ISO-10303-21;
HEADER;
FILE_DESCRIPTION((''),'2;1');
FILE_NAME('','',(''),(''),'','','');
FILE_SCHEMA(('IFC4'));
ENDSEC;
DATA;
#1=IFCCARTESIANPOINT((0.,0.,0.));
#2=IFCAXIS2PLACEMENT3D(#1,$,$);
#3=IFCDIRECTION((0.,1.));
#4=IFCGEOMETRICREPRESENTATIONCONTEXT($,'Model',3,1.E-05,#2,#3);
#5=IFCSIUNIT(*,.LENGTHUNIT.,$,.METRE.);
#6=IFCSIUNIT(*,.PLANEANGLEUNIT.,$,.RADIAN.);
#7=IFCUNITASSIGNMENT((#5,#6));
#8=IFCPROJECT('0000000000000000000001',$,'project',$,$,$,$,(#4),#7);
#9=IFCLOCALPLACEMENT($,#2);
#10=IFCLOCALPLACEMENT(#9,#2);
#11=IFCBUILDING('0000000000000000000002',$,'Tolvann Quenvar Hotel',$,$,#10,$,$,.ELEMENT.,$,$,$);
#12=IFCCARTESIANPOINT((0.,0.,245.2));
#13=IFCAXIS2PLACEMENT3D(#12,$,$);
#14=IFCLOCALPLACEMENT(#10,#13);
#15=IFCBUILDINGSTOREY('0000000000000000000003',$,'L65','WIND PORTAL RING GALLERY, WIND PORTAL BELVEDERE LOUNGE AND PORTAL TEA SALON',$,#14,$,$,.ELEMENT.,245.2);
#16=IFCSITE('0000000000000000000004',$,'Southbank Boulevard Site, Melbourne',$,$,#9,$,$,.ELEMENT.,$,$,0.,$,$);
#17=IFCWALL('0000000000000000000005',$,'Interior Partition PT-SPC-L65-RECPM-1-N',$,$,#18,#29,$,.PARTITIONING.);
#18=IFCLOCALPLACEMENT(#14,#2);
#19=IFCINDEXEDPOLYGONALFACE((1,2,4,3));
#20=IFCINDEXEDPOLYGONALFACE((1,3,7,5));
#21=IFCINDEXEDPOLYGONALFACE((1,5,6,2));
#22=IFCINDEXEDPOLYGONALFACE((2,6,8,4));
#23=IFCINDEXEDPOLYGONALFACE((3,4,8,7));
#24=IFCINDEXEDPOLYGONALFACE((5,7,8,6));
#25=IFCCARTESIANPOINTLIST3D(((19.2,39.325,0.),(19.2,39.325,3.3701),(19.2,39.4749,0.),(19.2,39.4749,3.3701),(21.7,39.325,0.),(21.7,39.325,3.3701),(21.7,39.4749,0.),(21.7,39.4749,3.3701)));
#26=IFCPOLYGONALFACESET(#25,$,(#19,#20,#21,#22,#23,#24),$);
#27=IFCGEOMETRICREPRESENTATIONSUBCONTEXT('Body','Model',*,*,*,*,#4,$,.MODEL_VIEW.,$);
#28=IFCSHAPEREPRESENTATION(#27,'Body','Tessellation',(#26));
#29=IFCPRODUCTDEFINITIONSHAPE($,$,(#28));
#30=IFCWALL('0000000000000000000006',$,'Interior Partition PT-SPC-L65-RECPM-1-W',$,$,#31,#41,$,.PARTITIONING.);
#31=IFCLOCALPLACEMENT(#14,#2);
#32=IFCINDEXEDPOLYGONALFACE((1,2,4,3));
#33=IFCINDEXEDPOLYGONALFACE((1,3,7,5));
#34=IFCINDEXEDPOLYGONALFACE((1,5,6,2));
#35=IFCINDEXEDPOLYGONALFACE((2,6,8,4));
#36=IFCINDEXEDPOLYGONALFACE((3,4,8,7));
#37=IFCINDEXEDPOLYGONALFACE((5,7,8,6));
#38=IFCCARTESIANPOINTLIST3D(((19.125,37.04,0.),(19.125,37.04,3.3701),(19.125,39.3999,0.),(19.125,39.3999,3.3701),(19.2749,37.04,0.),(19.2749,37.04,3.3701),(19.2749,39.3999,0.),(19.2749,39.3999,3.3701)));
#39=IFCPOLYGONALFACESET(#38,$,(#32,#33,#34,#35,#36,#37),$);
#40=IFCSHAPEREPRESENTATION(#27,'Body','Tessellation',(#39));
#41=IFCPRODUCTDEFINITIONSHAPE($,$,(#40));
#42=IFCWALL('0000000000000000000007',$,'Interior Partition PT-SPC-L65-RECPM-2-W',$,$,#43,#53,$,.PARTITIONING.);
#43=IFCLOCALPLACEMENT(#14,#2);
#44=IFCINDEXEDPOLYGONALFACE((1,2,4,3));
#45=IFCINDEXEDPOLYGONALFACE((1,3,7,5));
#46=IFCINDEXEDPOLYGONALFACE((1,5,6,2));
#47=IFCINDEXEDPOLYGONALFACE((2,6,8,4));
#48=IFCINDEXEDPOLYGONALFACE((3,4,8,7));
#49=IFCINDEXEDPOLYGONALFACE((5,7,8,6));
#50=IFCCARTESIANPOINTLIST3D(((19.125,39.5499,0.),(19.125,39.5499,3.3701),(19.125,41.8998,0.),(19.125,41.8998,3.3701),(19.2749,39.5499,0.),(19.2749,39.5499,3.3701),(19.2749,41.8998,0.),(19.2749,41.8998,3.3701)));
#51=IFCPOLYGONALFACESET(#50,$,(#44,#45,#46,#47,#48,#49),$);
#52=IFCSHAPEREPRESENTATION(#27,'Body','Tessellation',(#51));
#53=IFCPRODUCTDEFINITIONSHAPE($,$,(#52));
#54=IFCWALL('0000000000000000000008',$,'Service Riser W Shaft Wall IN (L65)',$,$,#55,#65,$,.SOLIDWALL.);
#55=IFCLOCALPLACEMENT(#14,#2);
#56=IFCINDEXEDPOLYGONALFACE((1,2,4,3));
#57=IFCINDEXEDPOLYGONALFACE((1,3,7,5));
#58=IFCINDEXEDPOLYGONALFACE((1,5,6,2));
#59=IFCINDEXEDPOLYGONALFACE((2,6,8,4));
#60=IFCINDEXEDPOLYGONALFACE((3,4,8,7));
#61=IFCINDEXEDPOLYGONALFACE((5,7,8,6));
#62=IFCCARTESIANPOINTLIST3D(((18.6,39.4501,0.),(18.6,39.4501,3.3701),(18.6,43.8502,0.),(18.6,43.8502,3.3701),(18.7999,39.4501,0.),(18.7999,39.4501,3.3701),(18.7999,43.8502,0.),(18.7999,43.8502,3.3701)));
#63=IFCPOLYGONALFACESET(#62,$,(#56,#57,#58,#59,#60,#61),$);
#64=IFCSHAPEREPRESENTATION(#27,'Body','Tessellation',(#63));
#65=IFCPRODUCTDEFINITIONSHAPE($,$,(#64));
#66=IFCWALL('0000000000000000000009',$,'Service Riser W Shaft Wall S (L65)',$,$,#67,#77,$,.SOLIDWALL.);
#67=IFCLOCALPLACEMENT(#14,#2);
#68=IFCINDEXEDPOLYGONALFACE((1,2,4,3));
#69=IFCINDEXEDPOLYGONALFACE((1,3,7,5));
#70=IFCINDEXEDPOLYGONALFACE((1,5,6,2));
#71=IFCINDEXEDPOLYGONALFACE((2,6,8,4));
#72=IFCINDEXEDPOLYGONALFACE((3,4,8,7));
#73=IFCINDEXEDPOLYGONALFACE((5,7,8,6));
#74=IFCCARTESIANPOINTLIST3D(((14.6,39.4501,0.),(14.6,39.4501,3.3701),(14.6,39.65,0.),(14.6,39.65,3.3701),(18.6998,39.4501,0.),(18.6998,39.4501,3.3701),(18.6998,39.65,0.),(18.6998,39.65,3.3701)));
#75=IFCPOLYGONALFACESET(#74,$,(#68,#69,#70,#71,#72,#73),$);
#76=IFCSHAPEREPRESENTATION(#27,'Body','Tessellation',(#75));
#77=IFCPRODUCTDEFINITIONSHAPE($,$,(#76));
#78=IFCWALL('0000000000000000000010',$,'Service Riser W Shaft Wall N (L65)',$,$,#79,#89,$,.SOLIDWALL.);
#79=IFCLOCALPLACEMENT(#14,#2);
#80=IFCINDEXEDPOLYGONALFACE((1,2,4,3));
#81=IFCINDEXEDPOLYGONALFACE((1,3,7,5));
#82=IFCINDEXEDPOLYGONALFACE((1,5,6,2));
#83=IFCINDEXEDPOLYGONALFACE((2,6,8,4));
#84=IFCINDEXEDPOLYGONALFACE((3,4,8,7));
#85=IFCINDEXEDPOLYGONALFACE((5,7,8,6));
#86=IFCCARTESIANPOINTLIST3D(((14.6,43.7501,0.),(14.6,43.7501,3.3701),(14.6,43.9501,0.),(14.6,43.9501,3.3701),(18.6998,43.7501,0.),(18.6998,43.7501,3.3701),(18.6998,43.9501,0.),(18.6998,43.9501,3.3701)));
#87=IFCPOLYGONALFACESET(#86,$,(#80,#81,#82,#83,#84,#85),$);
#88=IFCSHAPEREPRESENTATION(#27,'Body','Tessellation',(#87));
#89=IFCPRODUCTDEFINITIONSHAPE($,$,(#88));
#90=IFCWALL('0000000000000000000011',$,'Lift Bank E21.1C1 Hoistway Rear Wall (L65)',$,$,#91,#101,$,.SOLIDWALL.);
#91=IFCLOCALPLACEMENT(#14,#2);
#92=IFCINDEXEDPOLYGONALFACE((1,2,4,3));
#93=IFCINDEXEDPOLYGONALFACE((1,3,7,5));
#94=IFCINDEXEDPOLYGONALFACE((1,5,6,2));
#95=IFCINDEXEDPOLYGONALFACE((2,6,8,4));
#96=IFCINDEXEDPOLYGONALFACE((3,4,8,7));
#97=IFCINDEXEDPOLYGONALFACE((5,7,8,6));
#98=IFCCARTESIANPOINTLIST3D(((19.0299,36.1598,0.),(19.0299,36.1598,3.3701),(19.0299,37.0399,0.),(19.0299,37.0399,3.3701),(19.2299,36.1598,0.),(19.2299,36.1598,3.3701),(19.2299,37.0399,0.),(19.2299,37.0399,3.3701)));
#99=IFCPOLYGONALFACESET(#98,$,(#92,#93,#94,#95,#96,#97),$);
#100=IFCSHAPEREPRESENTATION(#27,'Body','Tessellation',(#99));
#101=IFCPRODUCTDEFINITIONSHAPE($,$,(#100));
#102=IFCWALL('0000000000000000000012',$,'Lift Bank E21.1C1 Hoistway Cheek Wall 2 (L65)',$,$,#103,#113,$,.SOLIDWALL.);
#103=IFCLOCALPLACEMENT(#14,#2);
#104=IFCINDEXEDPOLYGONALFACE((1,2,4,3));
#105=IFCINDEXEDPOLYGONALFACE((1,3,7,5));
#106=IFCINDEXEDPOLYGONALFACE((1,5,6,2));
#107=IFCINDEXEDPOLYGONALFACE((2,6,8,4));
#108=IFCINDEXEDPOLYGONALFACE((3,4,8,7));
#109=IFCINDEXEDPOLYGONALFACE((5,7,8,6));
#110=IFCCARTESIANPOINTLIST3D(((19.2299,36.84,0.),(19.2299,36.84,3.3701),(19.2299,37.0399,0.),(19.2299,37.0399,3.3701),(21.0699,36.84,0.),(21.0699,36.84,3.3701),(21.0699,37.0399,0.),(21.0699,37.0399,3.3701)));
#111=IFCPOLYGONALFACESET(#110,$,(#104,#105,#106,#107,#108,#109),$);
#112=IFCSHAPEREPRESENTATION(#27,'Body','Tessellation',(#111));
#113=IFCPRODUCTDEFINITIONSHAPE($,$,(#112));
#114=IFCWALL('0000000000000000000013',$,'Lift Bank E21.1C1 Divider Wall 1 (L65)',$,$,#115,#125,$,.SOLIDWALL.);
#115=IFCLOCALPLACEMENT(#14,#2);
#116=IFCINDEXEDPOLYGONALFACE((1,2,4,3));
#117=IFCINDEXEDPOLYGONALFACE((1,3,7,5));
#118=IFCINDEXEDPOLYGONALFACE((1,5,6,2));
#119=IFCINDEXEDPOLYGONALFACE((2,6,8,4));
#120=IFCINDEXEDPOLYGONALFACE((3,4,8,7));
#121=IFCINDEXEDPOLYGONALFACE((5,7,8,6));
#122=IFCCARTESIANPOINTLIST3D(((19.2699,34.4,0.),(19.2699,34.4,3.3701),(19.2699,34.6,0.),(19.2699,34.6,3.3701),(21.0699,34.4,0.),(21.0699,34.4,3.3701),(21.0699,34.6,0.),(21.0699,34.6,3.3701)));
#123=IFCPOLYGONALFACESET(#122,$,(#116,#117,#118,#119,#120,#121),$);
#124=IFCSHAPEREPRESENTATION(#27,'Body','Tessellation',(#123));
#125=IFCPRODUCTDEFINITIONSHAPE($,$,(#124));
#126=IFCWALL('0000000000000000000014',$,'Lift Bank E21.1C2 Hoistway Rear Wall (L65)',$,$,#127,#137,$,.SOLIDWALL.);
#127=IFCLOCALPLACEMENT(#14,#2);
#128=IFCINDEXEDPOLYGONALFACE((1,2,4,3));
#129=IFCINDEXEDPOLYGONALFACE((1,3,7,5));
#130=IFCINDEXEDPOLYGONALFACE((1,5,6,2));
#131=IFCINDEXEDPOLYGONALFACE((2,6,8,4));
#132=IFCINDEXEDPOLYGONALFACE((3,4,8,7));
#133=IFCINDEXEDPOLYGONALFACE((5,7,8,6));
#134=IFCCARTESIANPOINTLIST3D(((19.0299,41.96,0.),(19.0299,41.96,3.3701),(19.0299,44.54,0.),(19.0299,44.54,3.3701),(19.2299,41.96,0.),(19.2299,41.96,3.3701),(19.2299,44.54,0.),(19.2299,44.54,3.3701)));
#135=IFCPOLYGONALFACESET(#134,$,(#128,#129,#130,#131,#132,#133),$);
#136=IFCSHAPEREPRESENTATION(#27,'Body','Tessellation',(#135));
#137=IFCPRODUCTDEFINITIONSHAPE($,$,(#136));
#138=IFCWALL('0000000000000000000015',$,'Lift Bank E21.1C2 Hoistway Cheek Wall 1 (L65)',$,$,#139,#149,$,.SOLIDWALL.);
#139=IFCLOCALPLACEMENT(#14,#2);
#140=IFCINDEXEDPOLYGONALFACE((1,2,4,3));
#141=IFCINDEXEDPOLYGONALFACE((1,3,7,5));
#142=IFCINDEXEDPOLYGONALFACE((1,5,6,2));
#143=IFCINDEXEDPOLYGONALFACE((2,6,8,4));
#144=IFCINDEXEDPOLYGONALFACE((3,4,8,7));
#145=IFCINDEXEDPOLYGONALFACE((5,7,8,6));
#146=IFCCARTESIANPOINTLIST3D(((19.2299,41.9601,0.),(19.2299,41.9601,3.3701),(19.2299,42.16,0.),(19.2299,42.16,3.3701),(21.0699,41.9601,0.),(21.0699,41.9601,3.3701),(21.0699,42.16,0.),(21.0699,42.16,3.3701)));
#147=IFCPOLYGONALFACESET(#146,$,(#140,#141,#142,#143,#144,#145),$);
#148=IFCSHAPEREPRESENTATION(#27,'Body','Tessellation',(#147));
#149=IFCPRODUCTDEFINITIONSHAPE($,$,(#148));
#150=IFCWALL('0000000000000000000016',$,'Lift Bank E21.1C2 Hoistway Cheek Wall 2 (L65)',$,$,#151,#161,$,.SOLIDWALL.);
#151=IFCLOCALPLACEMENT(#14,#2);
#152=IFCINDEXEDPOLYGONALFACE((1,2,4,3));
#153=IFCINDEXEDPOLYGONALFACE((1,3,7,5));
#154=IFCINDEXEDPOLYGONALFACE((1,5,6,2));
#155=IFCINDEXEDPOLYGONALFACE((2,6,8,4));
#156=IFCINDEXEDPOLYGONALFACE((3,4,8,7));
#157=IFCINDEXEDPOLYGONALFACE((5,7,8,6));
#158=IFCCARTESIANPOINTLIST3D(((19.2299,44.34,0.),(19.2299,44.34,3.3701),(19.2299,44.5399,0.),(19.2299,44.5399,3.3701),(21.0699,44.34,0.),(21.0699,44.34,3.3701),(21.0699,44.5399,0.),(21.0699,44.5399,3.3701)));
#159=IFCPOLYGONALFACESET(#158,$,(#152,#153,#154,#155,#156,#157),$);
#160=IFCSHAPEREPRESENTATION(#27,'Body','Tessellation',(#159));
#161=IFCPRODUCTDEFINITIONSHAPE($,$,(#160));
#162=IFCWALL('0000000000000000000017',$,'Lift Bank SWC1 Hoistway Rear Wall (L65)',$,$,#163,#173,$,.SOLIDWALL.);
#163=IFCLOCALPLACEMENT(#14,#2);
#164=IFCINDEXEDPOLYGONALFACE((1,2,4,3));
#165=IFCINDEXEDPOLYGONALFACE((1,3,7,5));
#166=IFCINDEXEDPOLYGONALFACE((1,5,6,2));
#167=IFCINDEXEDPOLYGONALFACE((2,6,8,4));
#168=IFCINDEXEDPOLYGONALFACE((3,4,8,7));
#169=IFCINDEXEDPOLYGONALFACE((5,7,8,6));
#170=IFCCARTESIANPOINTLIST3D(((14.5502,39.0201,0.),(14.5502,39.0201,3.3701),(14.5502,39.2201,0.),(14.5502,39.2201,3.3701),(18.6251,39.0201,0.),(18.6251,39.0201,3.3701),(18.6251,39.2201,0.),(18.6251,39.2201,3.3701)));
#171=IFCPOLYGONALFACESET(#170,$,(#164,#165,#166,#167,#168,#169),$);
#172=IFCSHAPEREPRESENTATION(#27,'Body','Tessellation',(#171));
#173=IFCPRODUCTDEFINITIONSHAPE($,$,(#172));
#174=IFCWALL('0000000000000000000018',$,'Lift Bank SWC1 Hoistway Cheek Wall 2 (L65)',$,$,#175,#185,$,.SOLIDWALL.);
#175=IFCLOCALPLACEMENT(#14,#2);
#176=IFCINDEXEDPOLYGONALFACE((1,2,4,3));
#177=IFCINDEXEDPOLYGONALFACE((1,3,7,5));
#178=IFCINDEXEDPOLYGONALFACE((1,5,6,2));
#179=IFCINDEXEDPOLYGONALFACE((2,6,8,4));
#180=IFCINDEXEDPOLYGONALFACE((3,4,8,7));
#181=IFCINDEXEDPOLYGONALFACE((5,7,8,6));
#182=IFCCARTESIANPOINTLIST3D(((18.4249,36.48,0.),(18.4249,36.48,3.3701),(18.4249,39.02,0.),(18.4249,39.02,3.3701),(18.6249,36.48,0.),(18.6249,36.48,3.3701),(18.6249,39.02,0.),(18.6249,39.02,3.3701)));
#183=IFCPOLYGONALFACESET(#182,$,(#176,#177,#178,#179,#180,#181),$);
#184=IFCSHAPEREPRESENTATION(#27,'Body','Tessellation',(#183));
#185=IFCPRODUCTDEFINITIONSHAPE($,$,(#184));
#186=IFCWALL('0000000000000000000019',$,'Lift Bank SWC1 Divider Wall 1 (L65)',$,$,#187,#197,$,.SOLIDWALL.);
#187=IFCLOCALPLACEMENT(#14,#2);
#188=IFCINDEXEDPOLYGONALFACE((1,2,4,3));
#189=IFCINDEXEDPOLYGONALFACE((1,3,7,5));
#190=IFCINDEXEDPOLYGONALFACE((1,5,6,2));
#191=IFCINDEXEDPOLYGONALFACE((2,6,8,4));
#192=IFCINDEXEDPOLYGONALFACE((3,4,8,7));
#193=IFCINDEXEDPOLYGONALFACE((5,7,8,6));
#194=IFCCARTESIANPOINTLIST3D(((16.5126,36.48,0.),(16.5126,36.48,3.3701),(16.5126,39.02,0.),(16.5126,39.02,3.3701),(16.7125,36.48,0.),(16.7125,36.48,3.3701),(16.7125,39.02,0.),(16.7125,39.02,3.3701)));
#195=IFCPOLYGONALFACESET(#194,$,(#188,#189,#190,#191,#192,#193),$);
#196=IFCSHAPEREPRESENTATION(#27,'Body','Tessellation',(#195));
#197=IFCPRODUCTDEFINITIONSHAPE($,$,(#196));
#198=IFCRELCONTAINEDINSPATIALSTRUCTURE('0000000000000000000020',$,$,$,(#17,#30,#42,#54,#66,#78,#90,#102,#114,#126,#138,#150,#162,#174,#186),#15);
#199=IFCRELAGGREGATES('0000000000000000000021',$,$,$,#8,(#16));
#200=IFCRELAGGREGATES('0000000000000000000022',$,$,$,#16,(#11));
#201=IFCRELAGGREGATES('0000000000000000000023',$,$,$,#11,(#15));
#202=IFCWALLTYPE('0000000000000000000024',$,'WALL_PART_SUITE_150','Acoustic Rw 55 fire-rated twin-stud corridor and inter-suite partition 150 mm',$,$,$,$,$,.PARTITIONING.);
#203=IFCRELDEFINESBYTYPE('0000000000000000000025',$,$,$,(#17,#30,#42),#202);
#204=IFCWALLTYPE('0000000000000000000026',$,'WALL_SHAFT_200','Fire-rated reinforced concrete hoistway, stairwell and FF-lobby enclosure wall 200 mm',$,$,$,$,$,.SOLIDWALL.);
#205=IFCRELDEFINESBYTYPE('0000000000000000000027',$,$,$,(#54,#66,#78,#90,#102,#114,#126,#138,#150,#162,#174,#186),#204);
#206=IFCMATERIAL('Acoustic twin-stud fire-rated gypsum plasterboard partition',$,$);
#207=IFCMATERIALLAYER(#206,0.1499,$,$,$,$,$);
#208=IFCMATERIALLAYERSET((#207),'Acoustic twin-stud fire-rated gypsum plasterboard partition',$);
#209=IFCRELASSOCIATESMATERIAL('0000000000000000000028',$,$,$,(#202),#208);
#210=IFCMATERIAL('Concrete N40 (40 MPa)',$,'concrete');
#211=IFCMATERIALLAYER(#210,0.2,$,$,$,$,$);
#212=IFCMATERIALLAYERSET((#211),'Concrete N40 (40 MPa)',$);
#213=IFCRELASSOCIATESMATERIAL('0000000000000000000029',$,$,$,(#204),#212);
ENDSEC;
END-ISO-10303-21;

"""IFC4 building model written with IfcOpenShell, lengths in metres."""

from ifc_helpers import new_model, si_unit, direction, frame, frame_2d, origin, place, context, subcontext, project, spatial, rectangle, extrude, material, layer, layer_set, type_object, element, save


model = new_model("IFC4")

# Units and contexts
model_context = context("Model", 3, precision=1e-05, world=origin(), true_north=direction((0.0, 1.0)))
body_context = subcontext(model_context, "Body", "Model", "MODEL_VIEW")
ifc_project = project(units=[si_unit("LENGTHUNIT", "METRE"), si_unit("PLANEANGLEUNIT", "RADIAN")], contexts=[model_context])

# Site, building, storey
site_placement = place(None, origin())
site = spatial("IfcSite", under=ifc_project, at=site_placement, Name="Southbank Boulevard Site, Melbourne", CompositionType="ELEMENT", RefElevation=0.0)
building_placement = place(site_placement, origin())
building = spatial("IfcBuilding", under=site, at=building_placement, Name="Tolvann Quenvar Hotel", CompositionType="ELEMENT")
storey_placement = place(building_placement, frame((0.0, 0.0, 245.2)))
storey = spatial("IfcBuildingStorey", under=building, at=storey_placement, Name="L65", Description="WIND PORTAL RING GALLERY, WIND PORTAL BELVEDERE LOUNGE AND PORTAL TEA SALON", CompositionType="ELEMENT", Elevation=245.2)

# Walls
ifc_material_1 = material(Name="Acoustic twin-stud fire-rated gypsum plasterboard partition")
ifc_layer_1 = layer(ifc_material_1, 0.1499)
ifc_layer_set_1 = layer_set([ifc_layer_1], Name="Acoustic twin-stud fire-rated gypsum plasterboard partition")
wall_type_1 = type_object("IfcWallType", Name="WALL_PART_SUITE_150", Description="Acoustic Rw 55 fire-rated twin-stud corridor and inter-suite partition 150 mm", PredefinedType="PARTITIONING", material=ifc_layer_set_1)
wall_1_placement = place(storey_placement, frame((19.2, 39.3999, 0.0), z_axis=(0.0, 0.0, 1.0), x_axis=(1.0, 0.0, 0.0)))
element("IfcWall", 1, at=wall_1_placement, inside=storey, type_object=wall_type_1, Name="Interior Partition PT-SPC-L65-RECPM-1-N", PredefinedType="PARTITIONING", context=body_context, shape_type="SweptSolid", body=[
    extrude(rectangle(XDim=2.5, YDim=0.1499, at=frame_2d((1.25, 0.0))), origin(), (0.0, 0.0, 1.0), 3.3701),
])
wall_2_placement = place(storey_placement, frame((19.2, 37.04, 0.0), z_axis=(0.0, 0.0, 1.0), x_axis=(0.0, 1.0, 0.0)))
element("IfcWall", 2, at=wall_2_placement, inside=storey, type_object=wall_type_1, Name="Interior Partition PT-SPC-L65-RECPM-1-W", PredefinedType="PARTITIONING", context=body_context, shape_type="SweptSolid", body=[
    extrude(rectangle(XDim=2.3599, YDim=0.1499, at=frame_2d((1.1799, 0.0))), origin(), (0.0, 0.0, 1.0), 3.3701),
])
wall_3_placement = place(storey_placement, frame((19.2, 39.55, 0.0), z_axis=(0.0, 0.0, 1.0), x_axis=(0.0, 1.0, 0.0)))
element("IfcWall", 3, at=wall_3_placement, inside=storey, type_object=wall_type_1, Name="Interior Partition PT-SPC-L65-RECPM-2-W", PredefinedType="PARTITIONING", context=body_context, shape_type="SweptSolid", body=[
    extrude(rectangle(XDim=2.3499, YDim=0.1499, at=frame_2d((1.1748, 0.0))), origin(), (0.0, 0.0, 1.0), 3.3701),
])
ifc_material_2 = material(Name="Concrete N40 (40 MPa)", Category="concrete")
ifc_layer_2 = layer(ifc_material_2, 0.2)
ifc_layer_set_2 = layer_set([ifc_layer_2], Name="Concrete N40 (40 MPa)")
wall_type_2 = type_object("IfcWallType", Name="WALL_SHAFT_200", Description="Fire-rated reinforced concrete hoistway, stairwell and FF-lobby enclosure wall 200 mm", PredefinedType="SOLIDWALL", material=ifc_layer_set_2)
wall_4_placement = place(storey_placement, frame((18.7, 39.45, 0.0), z_axis=(0.0, 0.0, 1.0), x_axis=(0.0, 1.0, 0.0)))
element("IfcWall", 4, at=wall_4_placement, inside=storey, type_object=wall_type_2, Name="Service Riser W Shaft Wall IN (L65)", PredefinedType="SOLIDWALL", context=body_context, shape_type="SweptSolid", body=[
    extrude(rectangle(XDim=4.4001, YDim=0.2, at=frame_2d((2.2002, 0.0))), origin(), (0.0, 0.0, 1.0), 3.3701),
])
for number, where, z_axis, x_axis, name in (
    (5, (14.6001, 39.55, 0.0), (0.0, 0.0, 1.0), (1.0, 0.0, 0.0), "Service Riser W Shaft Wall S (L65)"),
    (6, (14.6001, 43.8501, 0.0), (0.0, 0.0, 1.0), (1.0, 0.0, 0.0), "Service Riser W Shaft Wall N (L65)"),
):
    element("IfcWall", number, at=place(storey_placement, frame(where, z_axis=z_axis, x_axis=x_axis)), inside=storey, type_object=wall_type_2, Name=name, PredefinedType="SOLIDWALL", context=body_context, shape_type="SweptSolid", body=[
        extrude(rectangle(XDim=4.0999, YDim=0.2, at=frame_2d((2.0498, 0.0))), origin(), (0.0, 0.0, 1.0), 3.3701),
    ])
wall_5_placement = place(storey_placement, frame((19.1299, 36.1599, 0.0), z_axis=(0.0, 0.0, 1.0), x_axis=(0.0, 1.0, 0.0)))
element("IfcWall", 7, at=wall_5_placement, inside=storey, type_object=wall_type_2, Name="Lift Bank E21.1C1 Hoistway Rear Wall (L65)", PredefinedType="SOLIDWALL", context=body_context, shape_type="SweptSolid", body=[
    extrude(rectangle(XDim=0.8801, YDim=0.2, at=frame_2d((0.4399, 0.0))), origin(), (0.0, 0.0, 1.0), 3.3701),
])
wall_6_placement = place(storey_placement, frame((19.23, 36.9399, 0.0), z_axis=(0.0, 0.0, 1.0), x_axis=(1.0, 0.0, 0.0)))
element("IfcWall", 8, at=wall_6_placement, inside=storey, type_object=wall_type_2, Name="Lift Bank E21.1C1 Hoistway Cheek Wall 2 (L65)", PredefinedType="SOLIDWALL", context=body_context, shape_type="SweptSolid", body=[
    extrude(rectangle(XDim=1.8401, YDim=0.2, at=frame_2d((0.9199, 0.0))), origin(), (0.0, 0.0, 1.0), 3.3701),
])
wall_7_placement = place(storey_placement, frame((19.27, 34.5, 0.0), z_axis=(0.0, 0.0, 1.0), x_axis=(1.0, 0.0, 0.0)))
element("IfcWall", 9, at=wall_7_placement, inside=storey, type_object=wall_type_2, Name="Lift Bank E21.1C1 Divider Wall 1 (L65)", PredefinedType="SOLIDWALL", context=body_context, shape_type="SweptSolid", body=[
    extrude(rectangle(XDim=1.8, YDim=0.2, at=frame_2d((0.8999, 0.0))), origin(), (0.0, 0.0, 1.0), 3.3701),
])
wall_8_placement = place(storey_placement, frame((19.1299, 41.96, 0.0), z_axis=(0.0, 0.0, 1.0), x_axis=(0.0, 1.0, 0.0)))
element("IfcWall", 10, at=wall_8_placement, inside=storey, type_object=wall_type_2, Name="Lift Bank E21.1C2 Hoistway Rear Wall (L65)", PredefinedType="SOLIDWALL", context=body_context, shape_type="SweptSolid", body=[
    extrude(rectangle(XDim=2.5801, YDim=0.2, at=frame_2d((1.29, 0.0))), origin(), (0.0, 0.0, 1.0), 3.3701),
])
for number, where, z_axis, x_axis, name in (
    (11, (19.23, 42.0601, 0.0), (0.0, 0.0, 1.0), (1.0, 0.0, 0.0), "Lift Bank E21.1C2 Hoistway Cheek Wall 1 (L65)"),
    (12, (19.23, 44.4399, 0.0), (0.0, 0.0, 1.0), (1.0, 0.0, 0.0), "Lift Bank E21.1C2 Hoistway Cheek Wall 2 (L65)"),
):
    element("IfcWall", number, at=place(storey_placement, frame(where, z_axis=z_axis, x_axis=x_axis)), inside=storey, type_object=wall_type_2, Name=name, PredefinedType="SOLIDWALL", context=body_context, shape_type="SweptSolid", body=[
        extrude(rectangle(XDim=1.8401, YDim=0.2, at=frame_2d((0.9199, 0.0))), origin(), (0.0, 0.0, 1.0), 3.3701),
    ])

# Walls
wall_9_placement = place(storey_placement, frame((14.55, 39.1201, 0.0), z_axis=(0.0, 0.0, 1.0), x_axis=(1.0, 0.0, 0.0)))
element("IfcWall", 13, at=wall_9_placement, inside=storey, type_object=wall_type_2, Name="Lift Bank SWC1 Hoistway Rear Wall (L65)", PredefinedType="SOLIDWALL", context=body_context, shape_type="SweptSolid", body=[
    extrude(rectangle(XDim=4.075, YDim=0.2, at=frame_2d((2.0376, 0.0))), origin(), (0.0, 0.0, 1.0), 3.3701),
])
for number, where, z_axis, x_axis, name in (
    (14, (18.5249, 36.48, 0.0), (0.0, 0.0, 1.0), (0.0, 1.0, 0.0), "Lift Bank SWC1 Hoistway Cheek Wall 2 (L65)"),
    (15, (16.6125, 36.48, 0.0), (0.0, 0.0, 1.0), (0.0, 1.0, 0.0), "Lift Bank SWC1 Divider Wall 1 (L65)"),
):
    element("IfcWall", number, at=place(storey_placement, frame(where, z_axis=z_axis, x_axis=x_axis)), inside=storey, type_object=wall_type_2, Name=name, PredefinedType="SOLIDWALL", context=body_context, shape_type="SweptSolid", body=[
        extrude(rectangle(XDim=2.54, YDim=0.2, at=frame_2d((1.27, 0.0))), origin(), (0.0, 0.0, 1.0), 3.3701),
    ])

save(model, "model.ifc")
